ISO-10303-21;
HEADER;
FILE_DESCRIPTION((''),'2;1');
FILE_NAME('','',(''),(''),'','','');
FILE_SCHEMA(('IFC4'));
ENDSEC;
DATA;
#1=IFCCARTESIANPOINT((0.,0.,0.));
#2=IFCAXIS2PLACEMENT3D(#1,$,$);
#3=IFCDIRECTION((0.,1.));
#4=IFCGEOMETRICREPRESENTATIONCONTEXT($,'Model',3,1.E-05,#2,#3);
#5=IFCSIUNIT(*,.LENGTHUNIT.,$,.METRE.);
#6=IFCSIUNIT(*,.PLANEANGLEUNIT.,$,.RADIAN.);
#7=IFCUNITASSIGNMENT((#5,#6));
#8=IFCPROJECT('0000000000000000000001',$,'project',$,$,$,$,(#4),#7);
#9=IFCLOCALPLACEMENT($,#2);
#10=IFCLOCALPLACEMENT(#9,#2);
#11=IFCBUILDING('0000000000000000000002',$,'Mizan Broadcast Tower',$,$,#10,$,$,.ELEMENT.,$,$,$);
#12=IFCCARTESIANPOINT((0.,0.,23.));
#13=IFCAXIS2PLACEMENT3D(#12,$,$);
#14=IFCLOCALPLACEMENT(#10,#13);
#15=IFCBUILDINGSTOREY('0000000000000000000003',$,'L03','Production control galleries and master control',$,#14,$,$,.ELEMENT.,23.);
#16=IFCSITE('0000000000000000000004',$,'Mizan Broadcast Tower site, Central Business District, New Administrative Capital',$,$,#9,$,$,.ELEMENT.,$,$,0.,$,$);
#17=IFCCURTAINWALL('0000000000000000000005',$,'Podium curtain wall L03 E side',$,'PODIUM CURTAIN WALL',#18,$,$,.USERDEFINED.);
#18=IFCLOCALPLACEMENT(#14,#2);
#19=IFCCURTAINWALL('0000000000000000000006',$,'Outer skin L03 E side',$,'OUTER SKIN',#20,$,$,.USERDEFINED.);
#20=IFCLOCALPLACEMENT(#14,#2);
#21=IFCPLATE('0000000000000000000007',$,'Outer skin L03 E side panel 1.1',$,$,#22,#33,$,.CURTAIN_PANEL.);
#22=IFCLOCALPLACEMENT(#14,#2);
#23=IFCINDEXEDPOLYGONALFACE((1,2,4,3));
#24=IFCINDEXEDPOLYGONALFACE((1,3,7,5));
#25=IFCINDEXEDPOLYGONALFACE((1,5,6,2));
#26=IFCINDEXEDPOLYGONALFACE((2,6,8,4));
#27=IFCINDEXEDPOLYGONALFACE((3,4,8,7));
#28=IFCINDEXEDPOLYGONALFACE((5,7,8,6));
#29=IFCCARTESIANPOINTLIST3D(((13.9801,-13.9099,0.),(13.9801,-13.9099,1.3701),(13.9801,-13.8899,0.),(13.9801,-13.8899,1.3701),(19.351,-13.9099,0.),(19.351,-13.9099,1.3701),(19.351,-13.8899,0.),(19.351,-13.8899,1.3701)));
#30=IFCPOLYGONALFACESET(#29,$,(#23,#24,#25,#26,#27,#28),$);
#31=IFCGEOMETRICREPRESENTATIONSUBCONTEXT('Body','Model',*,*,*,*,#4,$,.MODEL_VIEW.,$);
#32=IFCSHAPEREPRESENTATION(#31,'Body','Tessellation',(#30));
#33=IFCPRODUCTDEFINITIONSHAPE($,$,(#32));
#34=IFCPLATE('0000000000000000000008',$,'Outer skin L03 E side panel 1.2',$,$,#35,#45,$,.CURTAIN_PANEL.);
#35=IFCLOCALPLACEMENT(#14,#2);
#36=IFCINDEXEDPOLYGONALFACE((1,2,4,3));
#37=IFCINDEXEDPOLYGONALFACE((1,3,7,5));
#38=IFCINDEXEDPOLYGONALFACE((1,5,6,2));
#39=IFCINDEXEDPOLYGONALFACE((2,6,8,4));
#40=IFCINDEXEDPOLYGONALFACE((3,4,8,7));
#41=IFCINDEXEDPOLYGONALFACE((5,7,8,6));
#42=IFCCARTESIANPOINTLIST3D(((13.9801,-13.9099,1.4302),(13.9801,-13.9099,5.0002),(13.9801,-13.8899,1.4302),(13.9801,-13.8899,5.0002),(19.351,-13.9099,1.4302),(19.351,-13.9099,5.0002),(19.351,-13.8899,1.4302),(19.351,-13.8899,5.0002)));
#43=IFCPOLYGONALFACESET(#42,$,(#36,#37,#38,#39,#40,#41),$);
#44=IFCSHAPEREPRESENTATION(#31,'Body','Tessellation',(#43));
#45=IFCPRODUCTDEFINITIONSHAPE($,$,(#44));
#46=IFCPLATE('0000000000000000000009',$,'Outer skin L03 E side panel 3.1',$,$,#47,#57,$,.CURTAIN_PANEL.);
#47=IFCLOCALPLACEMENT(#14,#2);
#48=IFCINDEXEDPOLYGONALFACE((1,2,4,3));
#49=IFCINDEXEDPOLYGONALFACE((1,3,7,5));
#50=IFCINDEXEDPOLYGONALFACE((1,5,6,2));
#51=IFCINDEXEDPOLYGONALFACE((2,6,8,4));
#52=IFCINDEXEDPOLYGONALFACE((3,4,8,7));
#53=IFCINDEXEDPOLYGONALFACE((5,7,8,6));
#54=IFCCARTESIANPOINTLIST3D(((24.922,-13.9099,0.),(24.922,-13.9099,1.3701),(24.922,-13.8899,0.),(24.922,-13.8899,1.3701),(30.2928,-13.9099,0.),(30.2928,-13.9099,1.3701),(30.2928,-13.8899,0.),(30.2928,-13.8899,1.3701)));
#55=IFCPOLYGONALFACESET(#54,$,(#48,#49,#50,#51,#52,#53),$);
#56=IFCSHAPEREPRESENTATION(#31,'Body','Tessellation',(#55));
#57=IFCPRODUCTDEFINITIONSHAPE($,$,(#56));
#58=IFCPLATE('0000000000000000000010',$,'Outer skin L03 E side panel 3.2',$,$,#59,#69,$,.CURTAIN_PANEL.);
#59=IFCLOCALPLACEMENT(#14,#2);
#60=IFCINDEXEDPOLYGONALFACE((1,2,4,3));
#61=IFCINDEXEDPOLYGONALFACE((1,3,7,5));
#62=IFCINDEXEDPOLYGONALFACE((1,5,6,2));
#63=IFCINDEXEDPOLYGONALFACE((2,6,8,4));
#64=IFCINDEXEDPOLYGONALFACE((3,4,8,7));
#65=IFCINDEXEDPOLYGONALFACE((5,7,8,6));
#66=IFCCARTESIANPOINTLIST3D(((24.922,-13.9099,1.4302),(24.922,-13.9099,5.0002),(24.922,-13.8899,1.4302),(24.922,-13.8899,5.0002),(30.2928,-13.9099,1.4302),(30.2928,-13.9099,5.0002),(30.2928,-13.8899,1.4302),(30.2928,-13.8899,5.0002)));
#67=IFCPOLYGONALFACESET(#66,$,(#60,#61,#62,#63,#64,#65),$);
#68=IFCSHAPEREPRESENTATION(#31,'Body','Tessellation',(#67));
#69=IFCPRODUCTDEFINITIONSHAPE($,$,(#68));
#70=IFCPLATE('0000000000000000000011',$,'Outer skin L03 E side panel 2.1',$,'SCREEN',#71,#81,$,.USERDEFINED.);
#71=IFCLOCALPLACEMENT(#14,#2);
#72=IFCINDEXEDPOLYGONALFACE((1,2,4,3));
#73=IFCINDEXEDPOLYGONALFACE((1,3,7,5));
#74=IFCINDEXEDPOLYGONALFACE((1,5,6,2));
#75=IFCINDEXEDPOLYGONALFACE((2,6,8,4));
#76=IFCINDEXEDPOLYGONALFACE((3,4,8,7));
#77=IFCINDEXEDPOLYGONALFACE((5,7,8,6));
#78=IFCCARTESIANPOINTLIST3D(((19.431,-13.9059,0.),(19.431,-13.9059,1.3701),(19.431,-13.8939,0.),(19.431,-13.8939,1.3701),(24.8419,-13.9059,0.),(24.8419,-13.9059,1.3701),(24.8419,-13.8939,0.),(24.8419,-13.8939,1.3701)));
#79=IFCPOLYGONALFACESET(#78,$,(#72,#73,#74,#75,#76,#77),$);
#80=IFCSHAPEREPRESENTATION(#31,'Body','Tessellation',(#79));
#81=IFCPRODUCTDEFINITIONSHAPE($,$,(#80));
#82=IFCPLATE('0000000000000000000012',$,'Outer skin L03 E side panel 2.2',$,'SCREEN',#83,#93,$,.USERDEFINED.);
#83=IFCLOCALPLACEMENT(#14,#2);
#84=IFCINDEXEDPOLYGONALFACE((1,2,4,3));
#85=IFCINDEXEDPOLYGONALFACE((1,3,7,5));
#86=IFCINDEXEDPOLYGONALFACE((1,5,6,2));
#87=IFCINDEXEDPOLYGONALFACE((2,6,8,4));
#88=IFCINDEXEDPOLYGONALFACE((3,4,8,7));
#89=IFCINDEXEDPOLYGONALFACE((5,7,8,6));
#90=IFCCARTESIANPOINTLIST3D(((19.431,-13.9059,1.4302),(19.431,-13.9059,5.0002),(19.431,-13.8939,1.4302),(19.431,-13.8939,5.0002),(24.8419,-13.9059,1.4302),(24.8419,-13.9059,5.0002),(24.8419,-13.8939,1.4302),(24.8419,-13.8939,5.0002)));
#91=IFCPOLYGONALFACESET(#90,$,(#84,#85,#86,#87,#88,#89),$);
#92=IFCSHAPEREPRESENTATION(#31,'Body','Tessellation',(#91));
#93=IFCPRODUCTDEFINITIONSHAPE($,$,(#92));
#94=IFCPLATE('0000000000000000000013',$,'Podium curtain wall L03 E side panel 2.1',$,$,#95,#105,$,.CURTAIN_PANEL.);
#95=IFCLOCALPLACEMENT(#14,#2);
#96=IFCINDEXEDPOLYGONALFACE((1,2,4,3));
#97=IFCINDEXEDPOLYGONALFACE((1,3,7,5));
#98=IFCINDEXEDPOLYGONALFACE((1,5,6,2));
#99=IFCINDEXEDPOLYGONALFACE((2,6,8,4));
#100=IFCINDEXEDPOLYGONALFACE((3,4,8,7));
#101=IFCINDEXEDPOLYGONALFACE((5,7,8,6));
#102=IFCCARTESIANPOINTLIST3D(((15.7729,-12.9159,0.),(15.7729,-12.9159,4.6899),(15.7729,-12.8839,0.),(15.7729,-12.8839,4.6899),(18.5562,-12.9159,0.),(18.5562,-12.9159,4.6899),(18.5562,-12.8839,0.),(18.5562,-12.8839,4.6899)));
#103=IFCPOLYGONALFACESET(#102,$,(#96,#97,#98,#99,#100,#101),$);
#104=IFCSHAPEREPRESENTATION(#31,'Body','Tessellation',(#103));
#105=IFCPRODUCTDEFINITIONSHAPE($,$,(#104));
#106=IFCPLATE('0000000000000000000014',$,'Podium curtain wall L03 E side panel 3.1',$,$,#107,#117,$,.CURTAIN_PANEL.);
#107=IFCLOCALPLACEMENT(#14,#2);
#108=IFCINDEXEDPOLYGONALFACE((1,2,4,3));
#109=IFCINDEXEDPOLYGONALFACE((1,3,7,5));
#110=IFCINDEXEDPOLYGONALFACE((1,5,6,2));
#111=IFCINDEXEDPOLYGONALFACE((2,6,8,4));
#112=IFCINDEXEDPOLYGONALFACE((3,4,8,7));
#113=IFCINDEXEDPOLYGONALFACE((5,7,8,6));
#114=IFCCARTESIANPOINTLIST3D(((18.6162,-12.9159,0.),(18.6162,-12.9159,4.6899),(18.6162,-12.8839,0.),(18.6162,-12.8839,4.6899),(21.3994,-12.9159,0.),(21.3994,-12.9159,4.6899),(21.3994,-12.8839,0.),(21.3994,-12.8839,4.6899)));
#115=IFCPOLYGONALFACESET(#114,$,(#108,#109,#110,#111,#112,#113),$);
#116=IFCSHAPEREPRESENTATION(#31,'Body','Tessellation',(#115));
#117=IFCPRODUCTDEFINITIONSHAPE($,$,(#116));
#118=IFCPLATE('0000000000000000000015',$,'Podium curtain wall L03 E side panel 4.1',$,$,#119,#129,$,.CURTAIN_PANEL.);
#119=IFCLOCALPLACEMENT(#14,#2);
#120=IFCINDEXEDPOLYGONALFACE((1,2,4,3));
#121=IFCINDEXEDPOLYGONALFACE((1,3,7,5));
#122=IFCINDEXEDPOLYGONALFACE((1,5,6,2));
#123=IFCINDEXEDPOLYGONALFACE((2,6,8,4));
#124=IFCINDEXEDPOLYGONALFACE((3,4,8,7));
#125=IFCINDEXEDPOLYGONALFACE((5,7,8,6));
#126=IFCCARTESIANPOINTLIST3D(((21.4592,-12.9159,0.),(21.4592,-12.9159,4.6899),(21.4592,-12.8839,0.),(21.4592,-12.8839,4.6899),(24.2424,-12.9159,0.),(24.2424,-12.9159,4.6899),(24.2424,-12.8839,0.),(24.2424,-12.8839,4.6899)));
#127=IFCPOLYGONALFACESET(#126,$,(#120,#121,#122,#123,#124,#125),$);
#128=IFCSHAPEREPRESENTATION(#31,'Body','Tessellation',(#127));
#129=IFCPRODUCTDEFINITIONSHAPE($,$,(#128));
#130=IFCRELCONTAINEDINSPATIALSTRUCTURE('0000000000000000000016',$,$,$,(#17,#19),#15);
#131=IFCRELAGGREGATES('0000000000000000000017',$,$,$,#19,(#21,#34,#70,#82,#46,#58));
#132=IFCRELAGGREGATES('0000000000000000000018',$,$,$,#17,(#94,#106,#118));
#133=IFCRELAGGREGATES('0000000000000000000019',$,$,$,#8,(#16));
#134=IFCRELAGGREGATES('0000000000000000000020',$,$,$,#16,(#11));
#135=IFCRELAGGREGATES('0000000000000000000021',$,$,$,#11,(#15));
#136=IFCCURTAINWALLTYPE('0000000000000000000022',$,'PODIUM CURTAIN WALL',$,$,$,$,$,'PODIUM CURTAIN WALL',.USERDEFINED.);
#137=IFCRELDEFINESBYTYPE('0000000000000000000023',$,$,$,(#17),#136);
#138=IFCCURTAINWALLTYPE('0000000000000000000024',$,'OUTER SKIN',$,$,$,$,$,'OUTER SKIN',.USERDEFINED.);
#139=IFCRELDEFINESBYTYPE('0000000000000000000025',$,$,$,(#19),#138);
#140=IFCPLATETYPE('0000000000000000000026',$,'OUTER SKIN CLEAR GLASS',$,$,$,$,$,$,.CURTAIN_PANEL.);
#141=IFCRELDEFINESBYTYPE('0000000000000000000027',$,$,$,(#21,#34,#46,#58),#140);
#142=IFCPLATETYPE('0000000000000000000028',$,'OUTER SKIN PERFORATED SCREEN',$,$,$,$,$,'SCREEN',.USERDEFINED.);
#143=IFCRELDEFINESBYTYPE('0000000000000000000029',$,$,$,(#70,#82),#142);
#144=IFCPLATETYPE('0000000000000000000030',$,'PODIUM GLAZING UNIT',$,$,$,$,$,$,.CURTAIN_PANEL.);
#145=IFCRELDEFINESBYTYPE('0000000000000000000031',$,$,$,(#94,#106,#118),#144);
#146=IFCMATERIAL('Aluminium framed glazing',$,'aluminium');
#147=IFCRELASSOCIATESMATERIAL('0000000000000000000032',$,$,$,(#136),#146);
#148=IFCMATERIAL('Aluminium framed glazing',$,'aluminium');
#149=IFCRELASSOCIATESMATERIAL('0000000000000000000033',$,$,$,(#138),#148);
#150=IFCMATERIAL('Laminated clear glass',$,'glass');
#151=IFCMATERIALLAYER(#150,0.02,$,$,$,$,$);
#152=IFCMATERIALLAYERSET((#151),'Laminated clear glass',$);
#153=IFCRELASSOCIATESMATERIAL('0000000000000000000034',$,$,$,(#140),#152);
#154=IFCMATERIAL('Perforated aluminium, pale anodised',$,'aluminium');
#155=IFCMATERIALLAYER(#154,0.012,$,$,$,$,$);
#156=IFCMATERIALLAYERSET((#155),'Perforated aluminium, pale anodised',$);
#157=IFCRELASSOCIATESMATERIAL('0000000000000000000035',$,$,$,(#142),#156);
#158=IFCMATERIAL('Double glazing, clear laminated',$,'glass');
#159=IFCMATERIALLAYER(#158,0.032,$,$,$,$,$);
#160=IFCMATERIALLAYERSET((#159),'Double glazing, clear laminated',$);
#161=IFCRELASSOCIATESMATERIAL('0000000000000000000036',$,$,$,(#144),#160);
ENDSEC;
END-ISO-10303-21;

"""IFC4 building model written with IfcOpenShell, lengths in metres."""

from ifc_helpers import new_model, si_unit, direction, frame, origin, origin_2d, place, context, subcontext, project, spatial, rectangle, extrude, material, layer, layer_set, type_object, element, aggregate, save


model = new_model("IFC4")

# Units and contexts
model_context = context("Model", 3, precision=1e-05, world=origin(), true_north=direction((0.0, 1.0)))
body_context = subcontext(model_context, "Body", "Model", "MODEL_VIEW")
ifc_project = project(units=[si_unit("LENGTHUNIT", "METRE"), si_unit("PLANEANGLEUNIT", "RADIAN")], contexts=[model_context])

# Site, building, storey
site_placement = place(None, origin())
site = spatial("IfcSite", under=ifc_project, at=site_placement, Name="Mizan Broadcast Tower site, Central Business District, New Administrative Capital", CompositionType="ELEMENT", RefElevation=0.0)
building_placement = place(site_placement, origin())
building = spatial("IfcBuilding", under=site, at=building_placement, Name="Mizan Broadcast Tower", CompositionType="ELEMENT")
storey_placement = place(building_placement, frame((0.0, 0.0, 23.0)))
storey = spatial("IfcBuildingStorey", under=building, at=storey_placement, Name="L03", Description="Production control galleries and master control", CompositionType="ELEMENT", Elevation=23.0)

# Curtain walls
ifc_material_1 = material(Name="Aluminium framed glazing", Category="aluminium")
curtain_wall_type_1 = type_object("IfcCurtainWallType", Name="PODIUM CURTAIN WALL", ElementType="PODIUM CURTAIN WALL", PredefinedType="USERDEFINED", material=ifc_material_1)
curtain_wall_1_placement = place(storey_placement, origin())
curtain_wall_1 = element("IfcCurtainWall", 1, at=curtain_wall_1_placement, inside=storey, type_object=curtain_wall_type_1, Name="Podium curtain wall L03 E side", ObjectType="PODIUM CURTAIN WALL", PredefinedType="USERDEFINED")
ifc_material_2 = material(Name="Aluminium framed glazing", Category="aluminium")
curtain_wall_type_2 = type_object("IfcCurtainWallType", Name="OUTER SKIN", ElementType="OUTER SKIN", PredefinedType="USERDEFINED", material=ifc_material_2)
curtain_wall_2_placement = place(storey_placement, origin())
curtain_wall_2 = element("IfcCurtainWall", 2, at=curtain_wall_2_placement, inside=storey, type_object=curtain_wall_type_2, Name="Outer skin L03 E side", ObjectType="OUTER SKIN", PredefinedType="USERDEFINED")

# Plates
ifc_material_3 = material(Name="Laminated clear glass", Category="glass")
ifc_layer_1 = layer(ifc_material_3, 0.02)
ifc_layer_set_1 = layer_set([ifc_layer_1], Name="Laminated clear glass")
plate_type_1 = type_object("IfcPlateType", Name="OUTER SKIN CLEAR GLASS", PredefinedType="CURTAIN_PANEL", material=ifc_layer_set_1)
plate_1_placement = place(storey_placement, frame((16.6655, -13.8999, 0.0), z_axis=(0.0, 0.0, 1.0), x_axis=(1.0, 0.0, 0.0)))
plate_1 = element("IfcPlate", 3, at=plate_1_placement, type_object=plate_type_1, Name="Outer skin L03 E side panel 1.1", PredefinedType="CURTAIN_PANEL", context=body_context, shape_type="SweptSolid", body=[
    extrude(rectangle(XDim=5.3708, YDim=0.02, at=origin_2d()), origin(), (0.0, 0.0, 1.0), 1.3701),
])
plate_2_placement = place(storey_placement, frame((16.6655, -13.8999, 1.4302), z_axis=(0.0, 0.0, 1.0), x_axis=(1.0, 0.0, 0.0)))
plate_2 = element("IfcPlate", 4, at=plate_2_placement, type_object=plate_type_1, Name="Outer skin L03 E side panel 1.2", PredefinedType="CURTAIN_PANEL", context=body_context, shape_type="SweptSolid", body=[
    extrude(rectangle(XDim=5.3708, YDim=0.02, at=origin_2d()), origin(), (0.0, 0.0, 1.0), 3.5701),
])
plate_3_placement = place(storey_placement, frame((27.6074, -13.8999, 0.0), z_axis=(0.0, 0.0, 1.0), x_axis=(1.0, 0.0, 0.0)))
plate_3 = element("IfcPlate", 5, at=plate_3_placement, type_object=plate_type_1, Name="Outer skin L03 E side panel 3.1", PredefinedType="CURTAIN_PANEL", context=body_context, shape_type="SweptSolid", body=[
    extrude(rectangle(XDim=5.3708, YDim=0.02, at=origin_2d()), origin(), (0.0, 0.0, 1.0), 1.3701),
])
plate_4_placement = place(storey_placement, frame((27.6074, -13.8999, 1.4302), z_axis=(0.0, 0.0, 1.0), x_axis=(1.0, 0.0, 0.0)))
plate_4 = element("IfcPlate", 6, at=plate_4_placement, type_object=plate_type_1, Name="Outer skin L03 E side panel 3.2", PredefinedType="CURTAIN_PANEL", context=body_context, shape_type="SweptSolid", body=[
    extrude(rectangle(XDim=5.3708, YDim=0.02, at=origin_2d()), origin(), (0.0, 0.0, 1.0), 3.5701),
])
ifc_material_4 = material(Name="Perforated aluminium, pale anodised", Category="aluminium")
ifc_layer_2 = layer(ifc_material_4, 0.012)
ifc_layer_set_2 = layer_set([ifc_layer_2], Name="Perforated aluminium, pale anodised")
plate_type_2 = type_object("IfcPlateType", Name="OUTER SKIN PERFORATED SCREEN", ElementType="SCREEN", PredefinedType="USERDEFINED", material=ifc_layer_set_2)
plate_5_placement = place(storey_placement, frame((22.1365, -13.8999, 0.0), z_axis=(0.0, 0.0, 1.0), x_axis=(1.0, 0.0, 0.0)))
plate_5 = element("IfcPlate", 7, at=plate_5_placement, type_object=plate_type_2, Name="Outer skin L03 E side panel 2.1", ObjectType="SCREEN", PredefinedType="USERDEFINED", context=body_context, shape_type="SweptSolid", body=[
    extrude(rectangle(XDim=5.4109, YDim=0.012, at=origin_2d()), origin(), (0.0, 0.0, 1.0), 1.3701),
])
plate_6_placement = place(storey_placement, frame((22.1365, -13.8999, 1.4302), z_axis=(0.0, 0.0, 1.0), x_axis=(1.0, 0.0, 0.0)))
plate_6 = element("IfcPlate", 8, at=plate_6_placement, type_object=plate_type_2, Name="Outer skin L03 E side panel 2.2", ObjectType="SCREEN", PredefinedType="USERDEFINED", context=body_context, shape_type="SweptSolid", body=[
    extrude(rectangle(XDim=5.4109, YDim=0.012, at=origin_2d()), origin(), (0.0, 0.0, 1.0), 3.5701),
])
aggregate(curtain_wall_2, [plate_1, plate_2, plate_5, plate_6, plate_3, plate_4])
ifc_material_5 = material(Name="Double glazing, clear laminated", Category="glass")
ifc_layer_3 = layer(ifc_material_5, 0.032)
ifc_layer_set_3 = layer_set([ifc_layer_3], Name="Double glazing, clear laminated")
plate_type_3 = type_object("IfcPlateType", Name="PODIUM GLAZING UNIT", PredefinedType="CURTAIN_PANEL", material=ifc_layer_set_3)
plate_7_placement = place(storey_placement, frame((17.1646, -12.8999, 0.0), z_axis=(0.0, 0.0, 1.0), x_axis=(1.0, 0.0, 0.0)))
plate_7 = element("IfcPlate", 9, at=plate_7_placement, type_object=plate_type_3, Name="Podium curtain wall L03 E side panel 2.1", PredefinedType="CURTAIN_PANEL", context=body_context, shape_type="SweptSolid", body=[
    extrude(rectangle(XDim=2.7832, YDim=0.032, at=origin_2d()), origin(), (0.0, 0.0, 1.0), 4.6899),
])
plate_8_placement = place(storey_placement, frame((20.0078, -12.8999, 0.0), z_axis=(0.0, 0.0, 1.0), x_axis=(1.0, 0.0, 0.0)))
plate_8 = element("IfcPlate", 10, at=plate_8_placement, type_object=plate_type_3, Name="Podium curtain wall L03 E side panel 3.1", PredefinedType="CURTAIN_PANEL", context=body_context, shape_type="SweptSolid", body=[
    extrude(rectangle(XDim=2.7832, YDim=0.032, at=origin_2d()), origin(), (0.0, 0.0, 1.0), 4.6899),
])
plate_9_placement = place(storey_placement, frame((22.8508, -12.8999, 0.0), z_axis=(0.0, 0.0, 1.0), x_axis=(1.0, 0.0, 0.0)))
plate_9 = element("IfcPlate", 11, at=plate_9_placement, type_object=plate_type_3, Name="Podium curtain wall L03 E side panel 4.1", PredefinedType="CURTAIN_PANEL", context=body_context, shape_type="SweptSolid", body=[
    extrude(rectangle(XDim=2.7832, YDim=0.032, at=origin_2d()), origin(), (0.0, 0.0, 1.0), 4.6899),
])
aggregate(curtain_wall_1, [plate_7, plate_8, plate_9])

save(model, "model.ifc")
